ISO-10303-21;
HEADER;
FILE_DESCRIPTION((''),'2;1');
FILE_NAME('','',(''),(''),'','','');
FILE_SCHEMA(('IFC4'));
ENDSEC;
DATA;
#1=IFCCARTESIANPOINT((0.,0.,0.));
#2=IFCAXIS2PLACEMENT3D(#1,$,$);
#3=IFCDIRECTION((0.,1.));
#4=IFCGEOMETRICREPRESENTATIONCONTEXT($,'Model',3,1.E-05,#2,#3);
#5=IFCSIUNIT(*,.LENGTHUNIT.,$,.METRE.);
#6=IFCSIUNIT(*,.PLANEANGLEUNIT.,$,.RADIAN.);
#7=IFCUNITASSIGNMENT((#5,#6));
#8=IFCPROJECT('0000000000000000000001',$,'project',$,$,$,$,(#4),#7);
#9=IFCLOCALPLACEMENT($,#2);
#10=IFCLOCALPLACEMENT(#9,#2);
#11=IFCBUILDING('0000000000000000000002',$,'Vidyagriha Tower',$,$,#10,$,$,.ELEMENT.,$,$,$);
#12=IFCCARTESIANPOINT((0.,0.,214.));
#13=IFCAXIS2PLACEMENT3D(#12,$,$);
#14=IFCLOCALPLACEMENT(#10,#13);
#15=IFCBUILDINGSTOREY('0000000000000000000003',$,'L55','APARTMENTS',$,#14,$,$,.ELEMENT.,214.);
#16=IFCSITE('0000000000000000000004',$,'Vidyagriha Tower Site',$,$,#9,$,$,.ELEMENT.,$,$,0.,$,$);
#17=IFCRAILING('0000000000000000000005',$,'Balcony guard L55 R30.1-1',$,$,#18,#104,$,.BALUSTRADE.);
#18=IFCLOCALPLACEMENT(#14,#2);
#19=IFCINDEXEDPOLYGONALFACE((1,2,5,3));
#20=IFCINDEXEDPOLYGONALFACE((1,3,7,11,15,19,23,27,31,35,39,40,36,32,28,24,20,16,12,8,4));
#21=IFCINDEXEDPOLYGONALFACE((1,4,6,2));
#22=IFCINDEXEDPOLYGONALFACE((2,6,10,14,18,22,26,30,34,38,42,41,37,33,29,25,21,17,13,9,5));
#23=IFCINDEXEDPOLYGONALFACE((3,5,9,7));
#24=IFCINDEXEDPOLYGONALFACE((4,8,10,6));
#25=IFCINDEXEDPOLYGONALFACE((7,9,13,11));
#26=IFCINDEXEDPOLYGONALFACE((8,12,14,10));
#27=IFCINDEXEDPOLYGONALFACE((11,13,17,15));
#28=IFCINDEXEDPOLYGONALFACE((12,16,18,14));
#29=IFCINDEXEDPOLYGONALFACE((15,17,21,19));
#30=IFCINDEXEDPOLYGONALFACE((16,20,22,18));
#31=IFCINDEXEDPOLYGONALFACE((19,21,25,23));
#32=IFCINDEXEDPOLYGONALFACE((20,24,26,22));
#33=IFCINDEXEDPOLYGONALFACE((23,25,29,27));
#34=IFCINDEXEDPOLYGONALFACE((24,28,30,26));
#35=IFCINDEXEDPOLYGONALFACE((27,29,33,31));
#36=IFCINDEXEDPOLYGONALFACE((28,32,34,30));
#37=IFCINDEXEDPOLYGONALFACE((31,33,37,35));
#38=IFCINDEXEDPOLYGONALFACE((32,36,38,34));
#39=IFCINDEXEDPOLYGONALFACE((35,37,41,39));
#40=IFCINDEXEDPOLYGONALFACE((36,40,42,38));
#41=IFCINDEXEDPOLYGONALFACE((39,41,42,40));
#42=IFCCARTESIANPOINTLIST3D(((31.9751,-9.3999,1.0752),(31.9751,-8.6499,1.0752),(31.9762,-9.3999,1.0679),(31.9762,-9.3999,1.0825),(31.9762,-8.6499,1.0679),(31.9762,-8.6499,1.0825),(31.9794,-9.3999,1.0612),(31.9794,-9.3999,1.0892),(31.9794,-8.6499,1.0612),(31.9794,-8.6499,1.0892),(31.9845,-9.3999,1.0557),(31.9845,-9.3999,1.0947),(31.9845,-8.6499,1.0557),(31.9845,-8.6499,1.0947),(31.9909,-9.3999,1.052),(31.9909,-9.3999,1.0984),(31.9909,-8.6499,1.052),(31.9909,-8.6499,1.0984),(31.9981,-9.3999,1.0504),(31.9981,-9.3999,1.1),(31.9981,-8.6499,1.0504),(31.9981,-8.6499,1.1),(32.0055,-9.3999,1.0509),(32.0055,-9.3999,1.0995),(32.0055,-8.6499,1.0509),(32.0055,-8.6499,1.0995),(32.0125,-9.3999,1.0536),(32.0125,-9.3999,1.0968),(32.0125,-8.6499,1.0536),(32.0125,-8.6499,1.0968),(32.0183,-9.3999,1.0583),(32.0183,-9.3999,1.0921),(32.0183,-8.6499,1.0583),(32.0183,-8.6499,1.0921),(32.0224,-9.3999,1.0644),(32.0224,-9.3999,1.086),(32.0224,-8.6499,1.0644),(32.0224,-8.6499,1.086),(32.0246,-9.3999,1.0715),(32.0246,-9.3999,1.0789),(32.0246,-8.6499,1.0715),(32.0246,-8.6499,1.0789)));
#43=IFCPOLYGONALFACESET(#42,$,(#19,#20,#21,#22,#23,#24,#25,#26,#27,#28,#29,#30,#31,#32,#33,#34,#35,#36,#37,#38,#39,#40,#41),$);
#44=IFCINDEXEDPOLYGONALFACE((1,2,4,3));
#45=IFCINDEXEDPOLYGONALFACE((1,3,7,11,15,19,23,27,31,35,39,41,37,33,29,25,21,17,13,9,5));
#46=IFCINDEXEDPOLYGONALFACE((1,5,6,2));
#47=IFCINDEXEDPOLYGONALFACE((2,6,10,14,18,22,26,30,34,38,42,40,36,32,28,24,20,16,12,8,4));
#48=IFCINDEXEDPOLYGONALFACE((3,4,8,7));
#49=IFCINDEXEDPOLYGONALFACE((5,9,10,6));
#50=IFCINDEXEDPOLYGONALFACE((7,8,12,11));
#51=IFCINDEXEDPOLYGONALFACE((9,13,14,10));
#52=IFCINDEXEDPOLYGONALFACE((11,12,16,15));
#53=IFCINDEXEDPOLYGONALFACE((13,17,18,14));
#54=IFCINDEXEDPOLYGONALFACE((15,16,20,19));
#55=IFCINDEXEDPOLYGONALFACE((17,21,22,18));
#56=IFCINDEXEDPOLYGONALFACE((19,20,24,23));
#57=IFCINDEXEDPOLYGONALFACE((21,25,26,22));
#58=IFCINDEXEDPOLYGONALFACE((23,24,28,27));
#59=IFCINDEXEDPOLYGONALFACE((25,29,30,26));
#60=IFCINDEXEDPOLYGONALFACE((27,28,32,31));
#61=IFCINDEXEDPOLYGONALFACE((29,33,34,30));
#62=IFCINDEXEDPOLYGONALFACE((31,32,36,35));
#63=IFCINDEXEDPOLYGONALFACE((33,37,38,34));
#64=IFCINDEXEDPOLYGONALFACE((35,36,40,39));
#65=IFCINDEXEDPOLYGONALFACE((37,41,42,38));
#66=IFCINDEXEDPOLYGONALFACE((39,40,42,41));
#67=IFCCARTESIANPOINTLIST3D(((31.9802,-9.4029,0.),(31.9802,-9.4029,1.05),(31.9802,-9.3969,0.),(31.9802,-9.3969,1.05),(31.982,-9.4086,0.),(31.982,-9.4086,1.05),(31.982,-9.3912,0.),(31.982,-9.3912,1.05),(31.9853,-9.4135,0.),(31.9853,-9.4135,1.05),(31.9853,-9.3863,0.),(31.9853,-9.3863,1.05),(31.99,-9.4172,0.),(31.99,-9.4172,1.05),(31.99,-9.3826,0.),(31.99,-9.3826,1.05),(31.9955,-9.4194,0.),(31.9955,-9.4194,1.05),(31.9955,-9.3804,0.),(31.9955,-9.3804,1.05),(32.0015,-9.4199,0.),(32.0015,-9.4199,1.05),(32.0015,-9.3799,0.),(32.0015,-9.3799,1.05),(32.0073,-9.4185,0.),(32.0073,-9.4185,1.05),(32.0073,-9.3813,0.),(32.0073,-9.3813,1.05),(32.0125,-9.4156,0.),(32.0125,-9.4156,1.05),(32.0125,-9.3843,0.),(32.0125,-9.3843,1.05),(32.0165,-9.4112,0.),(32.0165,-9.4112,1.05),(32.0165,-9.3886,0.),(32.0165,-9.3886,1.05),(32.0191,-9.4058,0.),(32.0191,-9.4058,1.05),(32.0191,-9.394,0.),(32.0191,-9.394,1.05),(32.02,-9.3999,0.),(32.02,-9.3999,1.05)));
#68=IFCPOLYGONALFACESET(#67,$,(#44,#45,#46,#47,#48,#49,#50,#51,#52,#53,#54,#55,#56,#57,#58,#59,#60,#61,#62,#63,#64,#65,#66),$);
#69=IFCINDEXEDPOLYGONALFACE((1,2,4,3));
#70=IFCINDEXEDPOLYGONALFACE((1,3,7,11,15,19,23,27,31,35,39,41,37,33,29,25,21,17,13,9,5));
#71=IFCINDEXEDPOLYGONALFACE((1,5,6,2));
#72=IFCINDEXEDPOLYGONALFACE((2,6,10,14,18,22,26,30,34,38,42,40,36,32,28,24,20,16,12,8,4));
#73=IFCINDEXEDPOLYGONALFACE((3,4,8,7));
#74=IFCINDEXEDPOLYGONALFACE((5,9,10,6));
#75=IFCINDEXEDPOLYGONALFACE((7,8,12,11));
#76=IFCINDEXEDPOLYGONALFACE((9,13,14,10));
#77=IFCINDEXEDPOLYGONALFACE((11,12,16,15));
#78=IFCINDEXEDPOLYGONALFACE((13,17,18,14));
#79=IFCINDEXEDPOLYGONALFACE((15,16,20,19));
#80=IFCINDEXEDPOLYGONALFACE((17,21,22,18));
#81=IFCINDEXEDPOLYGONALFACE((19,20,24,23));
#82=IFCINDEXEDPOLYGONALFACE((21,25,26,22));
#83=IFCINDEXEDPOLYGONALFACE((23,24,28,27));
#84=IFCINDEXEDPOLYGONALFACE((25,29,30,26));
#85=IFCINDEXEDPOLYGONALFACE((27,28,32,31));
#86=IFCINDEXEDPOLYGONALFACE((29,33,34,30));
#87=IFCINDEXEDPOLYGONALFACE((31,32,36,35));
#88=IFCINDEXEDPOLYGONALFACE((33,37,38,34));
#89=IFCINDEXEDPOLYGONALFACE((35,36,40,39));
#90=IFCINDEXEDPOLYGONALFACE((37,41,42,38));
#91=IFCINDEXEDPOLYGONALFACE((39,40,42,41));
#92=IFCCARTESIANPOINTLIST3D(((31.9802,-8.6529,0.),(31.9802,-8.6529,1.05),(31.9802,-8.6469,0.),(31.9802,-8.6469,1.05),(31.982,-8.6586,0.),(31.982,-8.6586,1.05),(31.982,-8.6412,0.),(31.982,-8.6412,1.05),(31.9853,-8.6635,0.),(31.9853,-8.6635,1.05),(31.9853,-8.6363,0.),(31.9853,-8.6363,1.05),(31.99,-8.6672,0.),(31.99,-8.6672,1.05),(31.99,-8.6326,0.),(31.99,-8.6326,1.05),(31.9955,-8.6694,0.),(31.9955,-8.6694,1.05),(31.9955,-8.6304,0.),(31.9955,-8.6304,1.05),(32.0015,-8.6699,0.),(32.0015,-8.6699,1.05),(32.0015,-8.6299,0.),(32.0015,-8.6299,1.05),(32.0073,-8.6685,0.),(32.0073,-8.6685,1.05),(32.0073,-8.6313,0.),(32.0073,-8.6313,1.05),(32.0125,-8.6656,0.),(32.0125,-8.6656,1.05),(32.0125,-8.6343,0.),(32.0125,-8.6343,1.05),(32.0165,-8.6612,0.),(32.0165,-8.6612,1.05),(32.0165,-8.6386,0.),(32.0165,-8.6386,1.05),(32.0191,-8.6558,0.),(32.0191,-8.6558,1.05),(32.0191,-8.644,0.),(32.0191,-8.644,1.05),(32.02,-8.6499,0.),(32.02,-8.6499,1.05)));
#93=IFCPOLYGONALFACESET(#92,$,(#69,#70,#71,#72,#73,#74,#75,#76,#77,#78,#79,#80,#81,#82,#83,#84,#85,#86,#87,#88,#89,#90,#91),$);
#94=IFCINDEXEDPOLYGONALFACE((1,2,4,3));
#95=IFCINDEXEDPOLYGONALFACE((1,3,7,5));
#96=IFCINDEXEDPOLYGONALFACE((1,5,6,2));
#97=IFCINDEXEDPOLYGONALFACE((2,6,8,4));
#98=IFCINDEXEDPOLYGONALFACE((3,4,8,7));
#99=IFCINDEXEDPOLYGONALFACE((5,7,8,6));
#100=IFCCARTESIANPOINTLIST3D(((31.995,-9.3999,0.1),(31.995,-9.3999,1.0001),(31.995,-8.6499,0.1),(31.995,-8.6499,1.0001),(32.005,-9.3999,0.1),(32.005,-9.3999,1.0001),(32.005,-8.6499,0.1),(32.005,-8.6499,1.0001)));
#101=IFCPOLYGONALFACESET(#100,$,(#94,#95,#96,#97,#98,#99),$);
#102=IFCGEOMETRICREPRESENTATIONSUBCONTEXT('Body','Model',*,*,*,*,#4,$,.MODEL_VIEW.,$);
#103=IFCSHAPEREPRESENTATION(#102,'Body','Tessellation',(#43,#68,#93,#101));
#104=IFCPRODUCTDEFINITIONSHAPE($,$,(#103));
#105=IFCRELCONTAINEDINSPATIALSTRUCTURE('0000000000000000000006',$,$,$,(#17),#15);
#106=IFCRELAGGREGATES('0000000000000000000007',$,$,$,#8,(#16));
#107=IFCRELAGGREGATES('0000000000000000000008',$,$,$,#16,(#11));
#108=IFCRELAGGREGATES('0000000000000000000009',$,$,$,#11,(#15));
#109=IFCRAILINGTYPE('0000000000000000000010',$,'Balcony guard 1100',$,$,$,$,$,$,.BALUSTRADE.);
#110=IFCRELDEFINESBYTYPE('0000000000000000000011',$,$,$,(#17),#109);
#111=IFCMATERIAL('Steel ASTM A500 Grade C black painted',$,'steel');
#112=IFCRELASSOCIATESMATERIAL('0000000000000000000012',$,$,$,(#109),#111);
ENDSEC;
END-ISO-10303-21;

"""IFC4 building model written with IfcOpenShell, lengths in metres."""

from ifc_helpers import new_model, si_unit, direction, frame, origin, origin_2d, place, context, subcontext, project, spatial, rectangle, circle, extrude, material, type_object, element, save


model = new_model("IFC4")

# Units and contexts
model_context = context("Model", 3, precision=1e-05, world=origin(), true_north=direction((0.0, 1.0)))
body_context = subcontext(model_context, "Body", "Model", "MODEL_VIEW")
ifc_project = project(units=[si_unit("LENGTHUNIT", "METRE"), si_unit("PLANEANGLEUNIT", "RADIAN")], contexts=[model_context])

# Site, building, storey
site_placement = place(None, origin())
site = spatial("IfcSite", under=ifc_project, at=site_placement, Name="Vidyagriha Tower Site", CompositionType="ELEMENT", RefElevation=0.0)
building_placement = place(site_placement, origin())
building = spatial("IfcBuilding", under=site, at=building_placement, Name="Vidyagriha Tower", CompositionType="ELEMENT")
storey_placement = place(building_placement, frame((0.0, 0.0, 214.0)))
storey = spatial("IfcBuildingStorey", under=building, at=storey_placement, Name="L55", Description="APARTMENTS", CompositionType="ELEMENT", Elevation=214.0)

# Railing
ifc_material_1 = material(Name="Steel ASTM A500 Grade C black painted", Category="steel")
railing_type = type_object("IfcRailingType", Name="Balcony guard 1100", PredefinedType="BALUSTRADE", material=ifc_material_1)
railing_1_placement = place(storey_placement, frame((32.0, -9.3999, 0.0)))
element("IfcRailing", 1, at=railing_1_placement, inside=storey, type_object=railing_type, Name="Balcony guard L55 R30.1-1", PredefinedType="BALUSTRADE", context=body_context, shape_type="SweptSolid", body=[
    extrude(circle(Radius=0.0249, at=origin_2d()), frame((0.0, 0.0, 1.0752), z_axis=(0.0, 1.0, 0.0), x_axis=(-1.0, 0.0, 0.0)), (0.0, 0.0, 1.0), 0.75),
    extrude(circle(Radius=0.02, at=origin_2d()), origin(), (0.0, 0.0, 1.0), 1.05),
    extrude(circle(Radius=0.02, at=origin_2d()), frame((0.0, 0.75, 0.0)), (0.0, 0.0, 1.0), 1.05),
    extrude(rectangle(XDim=0.01, YDim=0.9001, at=origin_2d()), frame((0.0, 0.0, 0.55), z_axis=(0.0, 1.0, 0.0), x_axis=(-1.0, 0.0, 0.0)), (0.0, 0.0, 1.0), 0.75),
])

save(model, "model.ifc")
